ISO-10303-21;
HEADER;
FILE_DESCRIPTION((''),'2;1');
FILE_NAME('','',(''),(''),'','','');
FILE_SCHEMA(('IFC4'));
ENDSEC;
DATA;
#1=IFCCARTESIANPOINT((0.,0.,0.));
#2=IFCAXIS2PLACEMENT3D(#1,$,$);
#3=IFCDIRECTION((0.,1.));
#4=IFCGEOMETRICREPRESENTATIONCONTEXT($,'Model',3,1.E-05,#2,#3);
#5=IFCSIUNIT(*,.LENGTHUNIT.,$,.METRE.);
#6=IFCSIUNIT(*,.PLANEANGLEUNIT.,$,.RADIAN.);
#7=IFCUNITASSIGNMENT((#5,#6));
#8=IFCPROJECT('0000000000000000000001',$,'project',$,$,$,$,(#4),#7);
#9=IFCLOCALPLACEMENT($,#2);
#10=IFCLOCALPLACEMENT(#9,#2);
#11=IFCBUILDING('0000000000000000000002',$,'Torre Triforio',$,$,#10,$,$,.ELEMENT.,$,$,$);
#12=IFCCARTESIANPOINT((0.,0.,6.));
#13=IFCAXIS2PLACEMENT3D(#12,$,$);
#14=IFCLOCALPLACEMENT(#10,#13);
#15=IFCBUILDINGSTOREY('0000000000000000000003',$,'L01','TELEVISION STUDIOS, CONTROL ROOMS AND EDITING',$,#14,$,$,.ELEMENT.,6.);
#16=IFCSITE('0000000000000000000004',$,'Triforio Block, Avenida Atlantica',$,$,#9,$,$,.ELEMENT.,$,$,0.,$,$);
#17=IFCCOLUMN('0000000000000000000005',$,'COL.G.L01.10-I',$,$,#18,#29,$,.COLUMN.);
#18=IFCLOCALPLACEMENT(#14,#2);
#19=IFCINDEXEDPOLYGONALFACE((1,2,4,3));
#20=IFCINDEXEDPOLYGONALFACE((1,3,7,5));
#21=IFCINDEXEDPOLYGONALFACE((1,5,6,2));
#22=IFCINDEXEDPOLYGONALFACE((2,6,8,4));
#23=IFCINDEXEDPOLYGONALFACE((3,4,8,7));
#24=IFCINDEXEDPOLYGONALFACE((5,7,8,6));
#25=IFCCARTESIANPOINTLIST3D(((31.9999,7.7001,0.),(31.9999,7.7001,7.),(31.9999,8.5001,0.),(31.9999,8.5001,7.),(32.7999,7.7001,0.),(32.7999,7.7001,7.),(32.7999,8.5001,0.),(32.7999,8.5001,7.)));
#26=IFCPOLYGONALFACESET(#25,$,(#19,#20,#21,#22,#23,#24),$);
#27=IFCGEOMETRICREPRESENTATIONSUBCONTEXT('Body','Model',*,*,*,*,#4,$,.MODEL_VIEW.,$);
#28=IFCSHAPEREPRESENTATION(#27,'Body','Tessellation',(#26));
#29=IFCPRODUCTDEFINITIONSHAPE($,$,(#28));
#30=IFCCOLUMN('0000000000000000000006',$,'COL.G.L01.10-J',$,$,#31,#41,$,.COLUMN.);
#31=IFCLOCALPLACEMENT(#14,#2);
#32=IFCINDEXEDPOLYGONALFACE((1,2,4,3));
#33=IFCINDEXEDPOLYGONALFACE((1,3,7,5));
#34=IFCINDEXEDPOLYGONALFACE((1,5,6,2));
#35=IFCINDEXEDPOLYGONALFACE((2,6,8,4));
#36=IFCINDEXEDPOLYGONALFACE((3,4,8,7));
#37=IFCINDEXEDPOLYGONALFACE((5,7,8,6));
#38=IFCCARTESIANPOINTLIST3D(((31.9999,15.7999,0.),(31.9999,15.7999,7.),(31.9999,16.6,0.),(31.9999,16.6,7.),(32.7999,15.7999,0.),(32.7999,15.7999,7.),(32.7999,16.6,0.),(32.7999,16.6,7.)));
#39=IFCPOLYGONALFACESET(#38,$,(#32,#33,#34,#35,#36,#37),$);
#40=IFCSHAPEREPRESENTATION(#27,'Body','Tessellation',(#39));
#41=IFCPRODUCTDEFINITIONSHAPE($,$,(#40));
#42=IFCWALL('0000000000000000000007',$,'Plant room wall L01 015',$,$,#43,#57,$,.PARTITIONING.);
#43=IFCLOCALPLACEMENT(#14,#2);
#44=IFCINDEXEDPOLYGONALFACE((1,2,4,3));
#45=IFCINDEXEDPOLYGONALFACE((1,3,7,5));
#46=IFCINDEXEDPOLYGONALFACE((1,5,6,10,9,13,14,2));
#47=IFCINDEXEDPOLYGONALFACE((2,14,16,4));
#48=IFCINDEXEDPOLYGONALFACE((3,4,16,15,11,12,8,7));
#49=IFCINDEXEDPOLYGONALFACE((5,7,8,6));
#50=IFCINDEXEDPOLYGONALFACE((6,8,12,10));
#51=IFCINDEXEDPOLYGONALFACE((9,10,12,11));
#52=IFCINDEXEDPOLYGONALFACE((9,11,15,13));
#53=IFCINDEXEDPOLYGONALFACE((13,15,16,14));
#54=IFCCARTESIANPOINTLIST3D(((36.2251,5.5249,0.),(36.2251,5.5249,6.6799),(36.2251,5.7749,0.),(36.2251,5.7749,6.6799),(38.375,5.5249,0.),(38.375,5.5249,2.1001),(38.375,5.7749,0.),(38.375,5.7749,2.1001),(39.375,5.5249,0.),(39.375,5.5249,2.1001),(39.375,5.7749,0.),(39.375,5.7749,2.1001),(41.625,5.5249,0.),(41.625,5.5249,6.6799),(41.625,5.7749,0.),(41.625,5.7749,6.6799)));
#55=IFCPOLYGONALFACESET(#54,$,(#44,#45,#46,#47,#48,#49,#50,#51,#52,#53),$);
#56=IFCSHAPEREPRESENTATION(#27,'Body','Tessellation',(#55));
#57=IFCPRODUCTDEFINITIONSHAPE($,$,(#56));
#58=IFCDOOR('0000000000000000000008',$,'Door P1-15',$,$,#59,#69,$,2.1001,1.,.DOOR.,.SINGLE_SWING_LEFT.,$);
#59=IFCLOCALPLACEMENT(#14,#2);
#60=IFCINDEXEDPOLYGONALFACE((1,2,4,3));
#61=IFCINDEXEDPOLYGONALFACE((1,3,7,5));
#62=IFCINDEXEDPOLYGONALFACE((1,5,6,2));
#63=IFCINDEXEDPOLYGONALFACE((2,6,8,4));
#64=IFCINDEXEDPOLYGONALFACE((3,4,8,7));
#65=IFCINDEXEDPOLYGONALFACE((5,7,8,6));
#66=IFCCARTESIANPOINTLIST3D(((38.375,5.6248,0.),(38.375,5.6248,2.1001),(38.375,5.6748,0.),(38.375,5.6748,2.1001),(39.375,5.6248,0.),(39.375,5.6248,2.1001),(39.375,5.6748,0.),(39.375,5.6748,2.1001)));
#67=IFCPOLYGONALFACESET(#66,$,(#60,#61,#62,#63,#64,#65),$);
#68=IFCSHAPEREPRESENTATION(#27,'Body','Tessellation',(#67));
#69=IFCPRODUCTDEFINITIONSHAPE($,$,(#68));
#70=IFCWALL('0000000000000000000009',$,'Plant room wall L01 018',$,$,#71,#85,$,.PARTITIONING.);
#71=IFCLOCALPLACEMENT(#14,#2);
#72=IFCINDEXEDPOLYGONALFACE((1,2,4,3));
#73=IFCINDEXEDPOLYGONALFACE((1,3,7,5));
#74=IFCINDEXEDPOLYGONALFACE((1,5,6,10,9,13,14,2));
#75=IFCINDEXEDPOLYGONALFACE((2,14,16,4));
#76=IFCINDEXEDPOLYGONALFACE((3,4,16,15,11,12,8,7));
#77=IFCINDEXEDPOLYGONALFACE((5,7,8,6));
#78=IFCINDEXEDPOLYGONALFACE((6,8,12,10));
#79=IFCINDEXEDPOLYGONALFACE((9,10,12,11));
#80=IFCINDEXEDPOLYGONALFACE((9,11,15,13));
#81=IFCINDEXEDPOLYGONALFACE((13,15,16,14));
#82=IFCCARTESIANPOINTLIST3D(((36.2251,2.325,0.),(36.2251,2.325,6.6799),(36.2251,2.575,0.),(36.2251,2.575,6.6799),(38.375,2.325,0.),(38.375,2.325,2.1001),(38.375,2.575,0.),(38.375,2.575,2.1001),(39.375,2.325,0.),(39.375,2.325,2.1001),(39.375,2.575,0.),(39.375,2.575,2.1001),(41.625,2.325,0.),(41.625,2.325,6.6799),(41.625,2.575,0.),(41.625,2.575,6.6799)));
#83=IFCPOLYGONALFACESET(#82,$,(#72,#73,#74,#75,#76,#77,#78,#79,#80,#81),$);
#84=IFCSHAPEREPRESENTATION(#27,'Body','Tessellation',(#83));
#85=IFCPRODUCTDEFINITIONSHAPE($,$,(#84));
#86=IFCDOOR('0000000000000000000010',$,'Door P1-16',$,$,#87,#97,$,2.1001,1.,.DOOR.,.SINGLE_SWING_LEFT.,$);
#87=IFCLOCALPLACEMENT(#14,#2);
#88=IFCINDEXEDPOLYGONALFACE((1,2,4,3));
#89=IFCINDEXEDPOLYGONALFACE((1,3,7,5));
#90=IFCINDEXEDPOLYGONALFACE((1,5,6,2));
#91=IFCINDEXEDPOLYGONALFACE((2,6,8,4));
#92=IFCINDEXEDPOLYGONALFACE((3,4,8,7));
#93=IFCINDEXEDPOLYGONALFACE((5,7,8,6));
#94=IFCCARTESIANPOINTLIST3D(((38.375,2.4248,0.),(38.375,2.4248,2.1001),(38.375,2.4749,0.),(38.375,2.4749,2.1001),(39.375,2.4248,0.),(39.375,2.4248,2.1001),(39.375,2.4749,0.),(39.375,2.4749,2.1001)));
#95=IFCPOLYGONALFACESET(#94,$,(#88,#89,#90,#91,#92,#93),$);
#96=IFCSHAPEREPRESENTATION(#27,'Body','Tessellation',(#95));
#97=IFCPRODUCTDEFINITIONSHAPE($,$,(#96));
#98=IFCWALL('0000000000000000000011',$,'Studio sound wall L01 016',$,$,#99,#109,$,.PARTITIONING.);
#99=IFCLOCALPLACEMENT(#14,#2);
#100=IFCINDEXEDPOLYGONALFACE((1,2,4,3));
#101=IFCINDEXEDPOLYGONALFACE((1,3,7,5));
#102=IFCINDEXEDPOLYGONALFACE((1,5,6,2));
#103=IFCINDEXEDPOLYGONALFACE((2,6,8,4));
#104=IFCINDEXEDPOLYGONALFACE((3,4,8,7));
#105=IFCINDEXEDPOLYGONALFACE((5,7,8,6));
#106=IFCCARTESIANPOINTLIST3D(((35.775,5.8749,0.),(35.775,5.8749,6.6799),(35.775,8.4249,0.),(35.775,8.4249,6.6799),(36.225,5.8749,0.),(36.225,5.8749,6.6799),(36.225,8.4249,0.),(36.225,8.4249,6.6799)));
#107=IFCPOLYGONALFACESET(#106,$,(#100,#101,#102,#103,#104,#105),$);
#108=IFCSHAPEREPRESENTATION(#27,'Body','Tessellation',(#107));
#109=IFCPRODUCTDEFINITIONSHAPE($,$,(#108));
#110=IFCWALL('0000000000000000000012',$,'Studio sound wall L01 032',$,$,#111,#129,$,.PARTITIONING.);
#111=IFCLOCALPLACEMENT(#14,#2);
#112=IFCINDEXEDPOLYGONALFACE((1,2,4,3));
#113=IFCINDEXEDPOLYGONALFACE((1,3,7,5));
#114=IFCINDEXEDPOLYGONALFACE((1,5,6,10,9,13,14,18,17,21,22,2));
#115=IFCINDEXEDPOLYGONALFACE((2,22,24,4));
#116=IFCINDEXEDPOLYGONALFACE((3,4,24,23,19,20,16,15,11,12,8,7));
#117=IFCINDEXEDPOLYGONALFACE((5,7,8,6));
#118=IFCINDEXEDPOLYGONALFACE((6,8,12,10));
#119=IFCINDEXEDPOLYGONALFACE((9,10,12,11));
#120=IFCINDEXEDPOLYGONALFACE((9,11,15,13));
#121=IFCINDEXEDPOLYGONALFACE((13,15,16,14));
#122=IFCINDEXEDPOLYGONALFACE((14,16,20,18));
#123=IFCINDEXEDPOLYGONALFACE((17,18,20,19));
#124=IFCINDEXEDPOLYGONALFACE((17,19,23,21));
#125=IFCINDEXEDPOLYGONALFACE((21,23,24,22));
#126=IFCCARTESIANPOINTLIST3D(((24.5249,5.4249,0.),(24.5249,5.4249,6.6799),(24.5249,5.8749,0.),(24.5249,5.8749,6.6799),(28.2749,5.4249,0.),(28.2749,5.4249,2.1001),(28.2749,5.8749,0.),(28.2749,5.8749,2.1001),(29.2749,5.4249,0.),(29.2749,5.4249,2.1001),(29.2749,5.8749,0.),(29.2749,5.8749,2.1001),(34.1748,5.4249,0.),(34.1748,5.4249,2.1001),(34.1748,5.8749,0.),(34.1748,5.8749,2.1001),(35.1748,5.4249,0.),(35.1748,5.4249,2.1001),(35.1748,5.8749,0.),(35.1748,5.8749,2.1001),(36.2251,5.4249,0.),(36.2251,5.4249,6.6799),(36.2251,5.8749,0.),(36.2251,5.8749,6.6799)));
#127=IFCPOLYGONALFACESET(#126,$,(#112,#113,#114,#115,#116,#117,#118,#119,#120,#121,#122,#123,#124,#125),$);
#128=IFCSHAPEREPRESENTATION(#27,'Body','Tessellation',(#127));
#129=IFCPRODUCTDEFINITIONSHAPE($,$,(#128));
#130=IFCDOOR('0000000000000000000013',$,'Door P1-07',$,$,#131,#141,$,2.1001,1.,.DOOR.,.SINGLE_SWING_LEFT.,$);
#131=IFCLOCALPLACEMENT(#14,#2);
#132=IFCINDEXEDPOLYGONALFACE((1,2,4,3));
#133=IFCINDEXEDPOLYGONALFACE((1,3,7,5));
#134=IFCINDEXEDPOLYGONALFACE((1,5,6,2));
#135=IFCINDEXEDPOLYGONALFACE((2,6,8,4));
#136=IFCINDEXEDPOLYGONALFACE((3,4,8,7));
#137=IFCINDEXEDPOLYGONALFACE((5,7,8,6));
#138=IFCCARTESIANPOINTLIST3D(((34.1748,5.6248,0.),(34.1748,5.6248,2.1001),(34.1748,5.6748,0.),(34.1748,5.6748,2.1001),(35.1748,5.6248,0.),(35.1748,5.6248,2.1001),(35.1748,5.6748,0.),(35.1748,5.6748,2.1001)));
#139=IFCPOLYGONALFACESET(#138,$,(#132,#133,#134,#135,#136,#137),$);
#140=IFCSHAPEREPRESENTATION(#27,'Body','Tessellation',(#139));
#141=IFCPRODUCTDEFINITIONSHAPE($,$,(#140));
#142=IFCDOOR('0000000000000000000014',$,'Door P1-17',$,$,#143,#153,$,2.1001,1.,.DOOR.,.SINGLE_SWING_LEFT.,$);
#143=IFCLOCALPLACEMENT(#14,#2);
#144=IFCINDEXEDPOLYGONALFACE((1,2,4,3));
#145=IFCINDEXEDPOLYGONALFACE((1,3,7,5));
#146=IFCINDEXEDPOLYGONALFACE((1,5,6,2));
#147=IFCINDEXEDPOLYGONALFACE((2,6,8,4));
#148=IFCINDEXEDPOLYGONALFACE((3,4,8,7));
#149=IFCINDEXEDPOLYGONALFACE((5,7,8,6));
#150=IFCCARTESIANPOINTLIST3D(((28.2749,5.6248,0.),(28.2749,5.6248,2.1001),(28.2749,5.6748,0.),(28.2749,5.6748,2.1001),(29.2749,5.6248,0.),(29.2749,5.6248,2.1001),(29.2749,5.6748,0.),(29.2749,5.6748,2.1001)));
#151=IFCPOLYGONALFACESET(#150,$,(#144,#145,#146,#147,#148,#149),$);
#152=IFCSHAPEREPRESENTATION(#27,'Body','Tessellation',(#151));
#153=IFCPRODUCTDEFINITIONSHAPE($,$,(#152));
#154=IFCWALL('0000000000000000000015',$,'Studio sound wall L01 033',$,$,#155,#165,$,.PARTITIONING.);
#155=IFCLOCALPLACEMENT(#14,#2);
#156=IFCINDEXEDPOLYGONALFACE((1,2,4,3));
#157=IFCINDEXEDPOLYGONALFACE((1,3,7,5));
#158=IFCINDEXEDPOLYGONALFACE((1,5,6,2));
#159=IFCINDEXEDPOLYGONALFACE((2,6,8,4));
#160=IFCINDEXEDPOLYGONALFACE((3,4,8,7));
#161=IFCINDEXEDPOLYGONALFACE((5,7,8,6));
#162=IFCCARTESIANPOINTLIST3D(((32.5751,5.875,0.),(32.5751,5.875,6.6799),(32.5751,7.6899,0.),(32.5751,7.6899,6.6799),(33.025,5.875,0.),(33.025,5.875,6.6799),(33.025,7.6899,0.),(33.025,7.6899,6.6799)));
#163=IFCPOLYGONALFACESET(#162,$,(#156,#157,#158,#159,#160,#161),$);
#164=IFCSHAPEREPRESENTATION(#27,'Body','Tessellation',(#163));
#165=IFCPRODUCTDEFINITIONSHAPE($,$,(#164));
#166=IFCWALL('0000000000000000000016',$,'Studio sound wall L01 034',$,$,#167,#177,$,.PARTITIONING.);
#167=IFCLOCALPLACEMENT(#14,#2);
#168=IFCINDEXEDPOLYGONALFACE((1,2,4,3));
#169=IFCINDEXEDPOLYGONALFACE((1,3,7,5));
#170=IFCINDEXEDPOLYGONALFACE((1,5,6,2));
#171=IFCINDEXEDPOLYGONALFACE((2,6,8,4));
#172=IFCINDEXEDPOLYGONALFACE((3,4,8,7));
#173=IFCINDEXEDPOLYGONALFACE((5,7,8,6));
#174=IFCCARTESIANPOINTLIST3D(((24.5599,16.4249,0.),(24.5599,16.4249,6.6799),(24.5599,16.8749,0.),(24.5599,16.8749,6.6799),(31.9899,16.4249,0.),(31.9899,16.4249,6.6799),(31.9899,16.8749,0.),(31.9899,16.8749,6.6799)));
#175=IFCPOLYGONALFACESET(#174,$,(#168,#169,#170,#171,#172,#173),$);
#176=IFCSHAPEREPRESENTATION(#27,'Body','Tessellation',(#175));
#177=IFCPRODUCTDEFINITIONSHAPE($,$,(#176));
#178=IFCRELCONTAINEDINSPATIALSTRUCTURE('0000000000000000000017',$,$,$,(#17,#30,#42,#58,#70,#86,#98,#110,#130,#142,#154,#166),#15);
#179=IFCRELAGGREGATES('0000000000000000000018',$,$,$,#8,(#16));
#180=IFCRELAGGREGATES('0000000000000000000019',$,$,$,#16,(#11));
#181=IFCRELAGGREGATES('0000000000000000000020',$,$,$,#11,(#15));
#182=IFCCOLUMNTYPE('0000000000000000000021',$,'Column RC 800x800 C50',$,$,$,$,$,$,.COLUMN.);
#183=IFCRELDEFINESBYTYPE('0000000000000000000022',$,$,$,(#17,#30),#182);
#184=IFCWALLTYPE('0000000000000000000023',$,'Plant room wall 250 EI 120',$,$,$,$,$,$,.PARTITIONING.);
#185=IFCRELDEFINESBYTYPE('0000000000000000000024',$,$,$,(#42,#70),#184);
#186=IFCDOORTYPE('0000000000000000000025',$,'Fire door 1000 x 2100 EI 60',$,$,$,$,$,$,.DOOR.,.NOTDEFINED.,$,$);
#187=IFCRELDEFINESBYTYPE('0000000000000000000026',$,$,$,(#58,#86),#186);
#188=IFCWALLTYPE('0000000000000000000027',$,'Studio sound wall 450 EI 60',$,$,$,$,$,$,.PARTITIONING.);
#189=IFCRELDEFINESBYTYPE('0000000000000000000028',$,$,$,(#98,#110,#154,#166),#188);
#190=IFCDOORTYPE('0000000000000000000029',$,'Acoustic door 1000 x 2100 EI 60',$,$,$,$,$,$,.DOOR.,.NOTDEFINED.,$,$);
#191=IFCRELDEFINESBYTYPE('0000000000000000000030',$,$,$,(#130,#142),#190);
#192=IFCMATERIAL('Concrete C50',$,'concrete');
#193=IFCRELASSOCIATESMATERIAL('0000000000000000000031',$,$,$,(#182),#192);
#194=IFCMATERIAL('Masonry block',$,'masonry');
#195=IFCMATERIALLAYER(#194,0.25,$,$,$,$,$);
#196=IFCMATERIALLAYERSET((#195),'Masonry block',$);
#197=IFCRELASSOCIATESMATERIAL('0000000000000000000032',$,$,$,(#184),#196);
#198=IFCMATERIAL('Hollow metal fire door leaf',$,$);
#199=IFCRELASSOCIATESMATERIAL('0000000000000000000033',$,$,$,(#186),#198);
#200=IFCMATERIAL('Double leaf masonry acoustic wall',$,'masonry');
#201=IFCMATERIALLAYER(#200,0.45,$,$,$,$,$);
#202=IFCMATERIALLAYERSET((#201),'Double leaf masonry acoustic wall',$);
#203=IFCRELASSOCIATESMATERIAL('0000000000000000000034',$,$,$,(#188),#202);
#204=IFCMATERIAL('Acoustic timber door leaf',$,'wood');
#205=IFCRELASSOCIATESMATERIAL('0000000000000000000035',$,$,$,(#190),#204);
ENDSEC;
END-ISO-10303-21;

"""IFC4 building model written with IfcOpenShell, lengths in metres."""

from ifc_helpers import new_model, si_unit, direction, frame, frame_2d, origin, origin_2d, place, context, subcontext, project, spatial, rectangle, extrude, material, layer, layer_set, material_profile, profile_set, type_object, element, fill, save


model = new_model("IFC4")

# Units and contexts
model_context = context("Model", 3, precision=1e-05, world=origin(), true_north=direction((0.0, 1.0)))
body_context = subcontext(model_context, "Body", "Model", "MODEL_VIEW")
ifc_project = project(units=[si_unit("LENGTHUNIT", "METRE"), si_unit("PLANEANGLEUNIT", "RADIAN")], contexts=[model_context])

# Site, building, storey
site_placement = place(None, origin())
site = spatial("IfcSite", under=ifc_project, at=site_placement, Name="Triforio Block, Avenida Atlantica", CompositionType="ELEMENT", RefElevation=0.0)
building_placement = place(site_placement, origin())
building = spatial("IfcBuilding", under=site, at=building_placement, Name="Torre Triforio", CompositionType="ELEMENT")
storey_placement = place(building_placement, frame((0.0, 0.0, 6.0)))
storey = spatial("IfcBuildingStorey", under=building, at=storey_placement, Name="L01", Description="TELEVISION STUDIOS, CONTROL ROOMS AND EDITING", CompositionType="ELEMENT", Elevation=6.0)

# Columns
ifc_material_1 = material(Name="Concrete C50", Category="concrete")
ifc_material_profile = material_profile(ifc_material_1, rectangle(XDim=0.8, YDim=0.8, at=origin_2d()), Name="RC 800x800")
ifc_profile_set = profile_set([ifc_material_profile], Name="Concrete C50")
column_type = type_object("IfcColumnType", Name="Column RC 800x800 C50", PredefinedType="COLUMN", material=ifc_profile_set)
for number, where, z_axis, x_axis, name in (
    (1, (32.3999, 8.1001, 0.0), (0.0, 0.0, 1.0), (1.0, 0.0, 0.0), "COL.G.L01.10-I"),
    (2, (32.3999, 16.2, 0.0), (0.0, 0.0, 1.0), (1.0, 0.0, 0.0), "COL.G.L01.10-J"),
):
    element("IfcColumn", number, at=place(storey_placement, frame(where, z_axis=z_axis, x_axis=x_axis)), inside=storey, type_object=column_type, Name=name, PredefinedType="COLUMN", context=body_context, shape_type="SweptSolid", body=[
        extrude(rectangle(XDim=0.8, YDim=0.8, at=origin_2d()), origin(), (0.0, 0.0, 1.0), 7.0),
    ])

# Walls, openings, doors
ifc_material_2 = material(Name="Masonry block", Category="masonry")
ifc_layer_1 = layer(ifc_material_2, 0.25)
ifc_layer_set_1 = layer_set([ifc_layer_1], Name="Masonry block")
wall_type_1 = type_object("IfcWallType", Name="Plant room wall 250 EI 120", PredefinedType="PARTITIONING", material=ifc_layer_set_1)
wall_1_placement = place(storey_placement, frame((36.2251, 5.6499, 0.0), z_axis=(0.0, 0.0, 1.0), x_axis=(1.0, 0.0, 0.0)))
wall_1 = element("IfcWall", 3, at=wall_1_placement, inside=storey, type_object=wall_type_1, Name="Plant room wall L01 015", PredefinedType="PARTITIONING", context=body_context, shape_type="SweptSolid", body=[
    extrude(rectangle(XDim=5.3999, YDim=0.25, at=frame_2d((2.7, 0.0))), origin(), (0.0, 0.0, 1.0), 6.6799),
])
opening_1_placement = place(wall_1_placement, frame((2.1499, 0.0, 0.0)))
opening_1 = element("IfcOpeningElement", 4, at=opening_1_placement, cuts=wall_1, PredefinedType="OPENING", context=body_context, shape_type="SweptSolid", body=[
    extrude(rectangle(XDim=1.0, YDim=2.1001, at=frame_2d((0.5, 1.05))), frame((0.0, 0.135, 0.0), z_axis=(0.0, -1.0, 0.0), x_axis=(1.0, 0.0, 0.0)), (0.0, 0.0, 1.0), 0.27),
])
ifc_material_3 = material(Name="Hollow metal fire door leaf")
door_type_1 = type_object("IfcDoorType", Name="Fire door 1000 x 2100 EI 60", OperationType="NOTDEFINED", PredefinedType="DOOR", material=ifc_material_3)
door_1_placement = place(opening_1_placement, origin())
door_1 = element("IfcDoor", 5, at=door_1_placement, inside=storey, type_object=door_type_1, Name="Door P1-15", OperationType="SINGLE_SWING_LEFT", OverallHeight=2.1001, OverallWidth=1.0, PredefinedType="DOOR", context=body_context, shape_type="SweptSolid", body=[
    extrude(rectangle(XDim=1.0, YDim=2.1001, at=frame_2d((0.5, 1.05))), frame((0.0, 0.0249, 0.0), z_axis=(0.0, -1.0, 0.0), x_axis=(1.0, 0.0, 0.0)), (0.0, 0.0, 1.0), 0.05),
])
fill(opening_1, door_1)
wall_2_placement = place(storey_placement, frame((36.2251, 2.45, 0.0), z_axis=(0.0, 0.0, 1.0), x_axis=(1.0, 0.0, 0.0)))
wall_2 = element("IfcWall", 6, at=wall_2_placement, inside=storey, type_object=wall_type_1, Name="Plant room wall L01 018", PredefinedType="PARTITIONING", context=body_context, shape_type="SweptSolid", body=[
    extrude(rectangle(XDim=5.3999, YDim=0.25, at=frame_2d((2.7, 0.0))), origin(), (0.0, 0.0, 1.0), 6.6799),
])
opening_2_placement = place(wall_2_placement, frame((2.1499, 0.0, 0.0)))
opening_2 = element("IfcOpeningElement", 7, at=opening_2_placement, cuts=wall_2, PredefinedType="OPENING", context=body_context, shape_type="SweptSolid", body=[
    extrude(rectangle(XDim=1.0, YDim=2.1001, at=frame_2d((0.5, 1.05))), frame((0.0, 0.135, 0.0), z_axis=(0.0, -1.0, 0.0), x_axis=(1.0, 0.0, 0.0)), (0.0, 0.0, 1.0), 0.27),
])
door_2_placement = place(opening_2_placement, origin())
door_2 = element("IfcDoor", 8, at=door_2_placement, inside=storey, type_object=door_type_1, Name="Door P1-16", OperationType="SINGLE_SWING_LEFT", OverallHeight=2.1001, OverallWidth=1.0, PredefinedType="DOOR", context=body_context, shape_type="SweptSolid", body=[
    extrude(rectangle(XDim=1.0, YDim=2.1001, at=frame_2d((0.5, 1.05))), frame((0.0, 0.0249, 0.0), z_axis=(0.0, -1.0, 0.0), x_axis=(1.0, 0.0, 0.0)), (0.0, 0.0, 1.0), 0.05),
])
fill(opening_2, door_2)

# Wall
ifc_material_4 = material(Name="Double leaf masonry acoustic wall", Category="masonry")
ifc_layer_2 = layer(ifc_material_4, 0.45)
ifc_layer_set_2 = layer_set([ifc_layer_2], Name="Double leaf masonry acoustic wall")
wall_type_2 = type_object("IfcWallType", Name="Studio sound wall 450 EI 60", PredefinedType="PARTITIONING", material=ifc_layer_set_2)
wall_3_placement = place(storey_placement, frame((36.0, 5.875, 0.0), z_axis=(0.0, 0.0, 1.0), x_axis=(0.0, 1.0, 0.0)))
element("IfcWall", 9, at=wall_3_placement, inside=storey, type_object=wall_type_2, Name="Studio sound wall L01 016", PredefinedType="PARTITIONING", context=body_context, shape_type="SweptSolid", body=[
    extrude(rectangle(XDim=2.55, YDim=0.45, at=frame_2d((1.2749, 0.0))), origin(), (0.0, 0.0, 1.0), 6.6799),
])

# Wall, openings, doors
wall_4_placement = place(storey_placement, frame((24.5249, 5.6499, 0.0), z_axis=(0.0, 0.0, 1.0), x_axis=(1.0, 0.0, 0.0)))
wall_4 = element("IfcWall", 10, at=wall_4_placement, inside=storey, type_object=wall_type_2, Name="Studio sound wall L01 032", PredefinedType="PARTITIONING", context=body_context, shape_type="SweptSolid", body=[
    extrude(rectangle(XDim=11.7002, YDim=0.45, at=frame_2d((5.8501, 0.0))), origin(), (0.0, 0.0, 1.0), 6.6799),
])
opening_3_placement = place(wall_4_placement, frame((9.6499, 0.0, 0.0)))
opening_3 = element("IfcOpeningElement", 11, at=opening_3_placement, cuts=wall_4, PredefinedType="OPENING", context=body_context, shape_type="SweptSolid", body=[
    extrude(rectangle(XDim=1.0, YDim=2.1001, at=frame_2d((0.5, 1.05))), frame((0.0, 0.2349, 0.0), z_axis=(0.0, -1.0, 0.0), x_axis=(1.0, 0.0, 0.0)), (0.0, 0.0, 1.0), 0.47),
])
opening_4_placement = place(wall_4_placement, frame((3.75, 0.0, 0.0)))
opening_4 = element("IfcOpeningElement", 12, at=opening_4_placement, cuts=wall_4, PredefinedType="OPENING", context=body_context, shape_type="SweptSolid", body=[
    extrude(rectangle(XDim=1.0, YDim=2.1001, at=frame_2d((0.5, 1.05))), frame((0.0, 0.2349, 0.0), z_axis=(0.0, -1.0, 0.0), x_axis=(1.0, 0.0, 0.0)), (0.0, 0.0, 1.0), 0.47),
])
ifc_material_5 = material(Name="Acoustic timber door leaf", Category="wood")
door_type_2 = type_object("IfcDoorType", Name="Acoustic door 1000 x 2100 EI 60", OperationType="NOTDEFINED", PredefinedType="DOOR", material=ifc_material_5)
door_3_placement = place(opening_3_placement, origin())
door_3 = element("IfcDoor", 13, at=door_3_placement, inside=storey, type_object=door_type_2, Name="Door P1-07", OperationType="SINGLE_SWING_LEFT", OverallHeight=2.1001, OverallWidth=1.0, PredefinedType="DOOR", context=body_context, shape_type="SweptSolid", body=[
    extrude(rectangle(XDim=1.0, YDim=2.1001, at=frame_2d((0.5, 1.05))), frame((0.0, 0.0249, 0.0), z_axis=(0.0, -1.0, 0.0), x_axis=(1.0, 0.0, 0.0)), (0.0, 0.0, 1.0), 0.05),
])
fill(opening_3, door_3)
door_4_placement = place(opening_4_placement, origin())
door_4 = element("IfcDoor", 14, at=door_4_placement, inside=storey, type_object=door_type_2, Name="Door P1-17", OperationType="SINGLE_SWING_LEFT", OverallHeight=2.1001, OverallWidth=1.0, PredefinedType="DOOR", context=body_context, shape_type="SweptSolid", body=[
    extrude(rectangle(XDim=1.0, YDim=2.1001, at=frame_2d((0.5, 1.05))), frame((0.0, 0.0249, 0.0), z_axis=(0.0, -1.0, 0.0), x_axis=(1.0, 0.0, 0.0)), (0.0, 0.0, 1.0), 0.05),
])
fill(opening_4, door_4)

# Walls
wall_5_placement = place(storey_placement, frame((32.8, 5.875, 0.0), z_axis=(0.0, 0.0, 1.0), x_axis=(0.0, 1.0, 0.0)))
element("IfcWall", 15, at=wall_5_placement, inside=storey, type_object=wall_type_2, Name="Studio sound wall L01 033", PredefinedType="PARTITIONING", context=body_context, shape_type="SweptSolid", body=[
    extrude(rectangle(XDim=1.8149, YDim=0.45, at=frame_2d((0.9075, 0.0))), origin(), (0.0, 0.0, 1.0), 6.6799),
])
wall_6_placement = place(storey_placement, frame((24.5601, 16.6499, 0.0), z_axis=(0.0, 0.0, 1.0), x_axis=(1.0, 0.0, 0.0)))
element("IfcWall", 16, at=wall_6_placement, inside=storey, type_object=wall_type_2, Name="Studio sound wall L01 034", PredefinedType="PARTITIONING", context=body_context, shape_type="SweptSolid", body=[
    extrude(rectangle(XDim=7.4299, YDim=0.45, at=frame_2d((3.7148, 0.0))), origin(), (0.0, 0.0, 1.0), 6.6799),
])

save(model, "model.ifc")
